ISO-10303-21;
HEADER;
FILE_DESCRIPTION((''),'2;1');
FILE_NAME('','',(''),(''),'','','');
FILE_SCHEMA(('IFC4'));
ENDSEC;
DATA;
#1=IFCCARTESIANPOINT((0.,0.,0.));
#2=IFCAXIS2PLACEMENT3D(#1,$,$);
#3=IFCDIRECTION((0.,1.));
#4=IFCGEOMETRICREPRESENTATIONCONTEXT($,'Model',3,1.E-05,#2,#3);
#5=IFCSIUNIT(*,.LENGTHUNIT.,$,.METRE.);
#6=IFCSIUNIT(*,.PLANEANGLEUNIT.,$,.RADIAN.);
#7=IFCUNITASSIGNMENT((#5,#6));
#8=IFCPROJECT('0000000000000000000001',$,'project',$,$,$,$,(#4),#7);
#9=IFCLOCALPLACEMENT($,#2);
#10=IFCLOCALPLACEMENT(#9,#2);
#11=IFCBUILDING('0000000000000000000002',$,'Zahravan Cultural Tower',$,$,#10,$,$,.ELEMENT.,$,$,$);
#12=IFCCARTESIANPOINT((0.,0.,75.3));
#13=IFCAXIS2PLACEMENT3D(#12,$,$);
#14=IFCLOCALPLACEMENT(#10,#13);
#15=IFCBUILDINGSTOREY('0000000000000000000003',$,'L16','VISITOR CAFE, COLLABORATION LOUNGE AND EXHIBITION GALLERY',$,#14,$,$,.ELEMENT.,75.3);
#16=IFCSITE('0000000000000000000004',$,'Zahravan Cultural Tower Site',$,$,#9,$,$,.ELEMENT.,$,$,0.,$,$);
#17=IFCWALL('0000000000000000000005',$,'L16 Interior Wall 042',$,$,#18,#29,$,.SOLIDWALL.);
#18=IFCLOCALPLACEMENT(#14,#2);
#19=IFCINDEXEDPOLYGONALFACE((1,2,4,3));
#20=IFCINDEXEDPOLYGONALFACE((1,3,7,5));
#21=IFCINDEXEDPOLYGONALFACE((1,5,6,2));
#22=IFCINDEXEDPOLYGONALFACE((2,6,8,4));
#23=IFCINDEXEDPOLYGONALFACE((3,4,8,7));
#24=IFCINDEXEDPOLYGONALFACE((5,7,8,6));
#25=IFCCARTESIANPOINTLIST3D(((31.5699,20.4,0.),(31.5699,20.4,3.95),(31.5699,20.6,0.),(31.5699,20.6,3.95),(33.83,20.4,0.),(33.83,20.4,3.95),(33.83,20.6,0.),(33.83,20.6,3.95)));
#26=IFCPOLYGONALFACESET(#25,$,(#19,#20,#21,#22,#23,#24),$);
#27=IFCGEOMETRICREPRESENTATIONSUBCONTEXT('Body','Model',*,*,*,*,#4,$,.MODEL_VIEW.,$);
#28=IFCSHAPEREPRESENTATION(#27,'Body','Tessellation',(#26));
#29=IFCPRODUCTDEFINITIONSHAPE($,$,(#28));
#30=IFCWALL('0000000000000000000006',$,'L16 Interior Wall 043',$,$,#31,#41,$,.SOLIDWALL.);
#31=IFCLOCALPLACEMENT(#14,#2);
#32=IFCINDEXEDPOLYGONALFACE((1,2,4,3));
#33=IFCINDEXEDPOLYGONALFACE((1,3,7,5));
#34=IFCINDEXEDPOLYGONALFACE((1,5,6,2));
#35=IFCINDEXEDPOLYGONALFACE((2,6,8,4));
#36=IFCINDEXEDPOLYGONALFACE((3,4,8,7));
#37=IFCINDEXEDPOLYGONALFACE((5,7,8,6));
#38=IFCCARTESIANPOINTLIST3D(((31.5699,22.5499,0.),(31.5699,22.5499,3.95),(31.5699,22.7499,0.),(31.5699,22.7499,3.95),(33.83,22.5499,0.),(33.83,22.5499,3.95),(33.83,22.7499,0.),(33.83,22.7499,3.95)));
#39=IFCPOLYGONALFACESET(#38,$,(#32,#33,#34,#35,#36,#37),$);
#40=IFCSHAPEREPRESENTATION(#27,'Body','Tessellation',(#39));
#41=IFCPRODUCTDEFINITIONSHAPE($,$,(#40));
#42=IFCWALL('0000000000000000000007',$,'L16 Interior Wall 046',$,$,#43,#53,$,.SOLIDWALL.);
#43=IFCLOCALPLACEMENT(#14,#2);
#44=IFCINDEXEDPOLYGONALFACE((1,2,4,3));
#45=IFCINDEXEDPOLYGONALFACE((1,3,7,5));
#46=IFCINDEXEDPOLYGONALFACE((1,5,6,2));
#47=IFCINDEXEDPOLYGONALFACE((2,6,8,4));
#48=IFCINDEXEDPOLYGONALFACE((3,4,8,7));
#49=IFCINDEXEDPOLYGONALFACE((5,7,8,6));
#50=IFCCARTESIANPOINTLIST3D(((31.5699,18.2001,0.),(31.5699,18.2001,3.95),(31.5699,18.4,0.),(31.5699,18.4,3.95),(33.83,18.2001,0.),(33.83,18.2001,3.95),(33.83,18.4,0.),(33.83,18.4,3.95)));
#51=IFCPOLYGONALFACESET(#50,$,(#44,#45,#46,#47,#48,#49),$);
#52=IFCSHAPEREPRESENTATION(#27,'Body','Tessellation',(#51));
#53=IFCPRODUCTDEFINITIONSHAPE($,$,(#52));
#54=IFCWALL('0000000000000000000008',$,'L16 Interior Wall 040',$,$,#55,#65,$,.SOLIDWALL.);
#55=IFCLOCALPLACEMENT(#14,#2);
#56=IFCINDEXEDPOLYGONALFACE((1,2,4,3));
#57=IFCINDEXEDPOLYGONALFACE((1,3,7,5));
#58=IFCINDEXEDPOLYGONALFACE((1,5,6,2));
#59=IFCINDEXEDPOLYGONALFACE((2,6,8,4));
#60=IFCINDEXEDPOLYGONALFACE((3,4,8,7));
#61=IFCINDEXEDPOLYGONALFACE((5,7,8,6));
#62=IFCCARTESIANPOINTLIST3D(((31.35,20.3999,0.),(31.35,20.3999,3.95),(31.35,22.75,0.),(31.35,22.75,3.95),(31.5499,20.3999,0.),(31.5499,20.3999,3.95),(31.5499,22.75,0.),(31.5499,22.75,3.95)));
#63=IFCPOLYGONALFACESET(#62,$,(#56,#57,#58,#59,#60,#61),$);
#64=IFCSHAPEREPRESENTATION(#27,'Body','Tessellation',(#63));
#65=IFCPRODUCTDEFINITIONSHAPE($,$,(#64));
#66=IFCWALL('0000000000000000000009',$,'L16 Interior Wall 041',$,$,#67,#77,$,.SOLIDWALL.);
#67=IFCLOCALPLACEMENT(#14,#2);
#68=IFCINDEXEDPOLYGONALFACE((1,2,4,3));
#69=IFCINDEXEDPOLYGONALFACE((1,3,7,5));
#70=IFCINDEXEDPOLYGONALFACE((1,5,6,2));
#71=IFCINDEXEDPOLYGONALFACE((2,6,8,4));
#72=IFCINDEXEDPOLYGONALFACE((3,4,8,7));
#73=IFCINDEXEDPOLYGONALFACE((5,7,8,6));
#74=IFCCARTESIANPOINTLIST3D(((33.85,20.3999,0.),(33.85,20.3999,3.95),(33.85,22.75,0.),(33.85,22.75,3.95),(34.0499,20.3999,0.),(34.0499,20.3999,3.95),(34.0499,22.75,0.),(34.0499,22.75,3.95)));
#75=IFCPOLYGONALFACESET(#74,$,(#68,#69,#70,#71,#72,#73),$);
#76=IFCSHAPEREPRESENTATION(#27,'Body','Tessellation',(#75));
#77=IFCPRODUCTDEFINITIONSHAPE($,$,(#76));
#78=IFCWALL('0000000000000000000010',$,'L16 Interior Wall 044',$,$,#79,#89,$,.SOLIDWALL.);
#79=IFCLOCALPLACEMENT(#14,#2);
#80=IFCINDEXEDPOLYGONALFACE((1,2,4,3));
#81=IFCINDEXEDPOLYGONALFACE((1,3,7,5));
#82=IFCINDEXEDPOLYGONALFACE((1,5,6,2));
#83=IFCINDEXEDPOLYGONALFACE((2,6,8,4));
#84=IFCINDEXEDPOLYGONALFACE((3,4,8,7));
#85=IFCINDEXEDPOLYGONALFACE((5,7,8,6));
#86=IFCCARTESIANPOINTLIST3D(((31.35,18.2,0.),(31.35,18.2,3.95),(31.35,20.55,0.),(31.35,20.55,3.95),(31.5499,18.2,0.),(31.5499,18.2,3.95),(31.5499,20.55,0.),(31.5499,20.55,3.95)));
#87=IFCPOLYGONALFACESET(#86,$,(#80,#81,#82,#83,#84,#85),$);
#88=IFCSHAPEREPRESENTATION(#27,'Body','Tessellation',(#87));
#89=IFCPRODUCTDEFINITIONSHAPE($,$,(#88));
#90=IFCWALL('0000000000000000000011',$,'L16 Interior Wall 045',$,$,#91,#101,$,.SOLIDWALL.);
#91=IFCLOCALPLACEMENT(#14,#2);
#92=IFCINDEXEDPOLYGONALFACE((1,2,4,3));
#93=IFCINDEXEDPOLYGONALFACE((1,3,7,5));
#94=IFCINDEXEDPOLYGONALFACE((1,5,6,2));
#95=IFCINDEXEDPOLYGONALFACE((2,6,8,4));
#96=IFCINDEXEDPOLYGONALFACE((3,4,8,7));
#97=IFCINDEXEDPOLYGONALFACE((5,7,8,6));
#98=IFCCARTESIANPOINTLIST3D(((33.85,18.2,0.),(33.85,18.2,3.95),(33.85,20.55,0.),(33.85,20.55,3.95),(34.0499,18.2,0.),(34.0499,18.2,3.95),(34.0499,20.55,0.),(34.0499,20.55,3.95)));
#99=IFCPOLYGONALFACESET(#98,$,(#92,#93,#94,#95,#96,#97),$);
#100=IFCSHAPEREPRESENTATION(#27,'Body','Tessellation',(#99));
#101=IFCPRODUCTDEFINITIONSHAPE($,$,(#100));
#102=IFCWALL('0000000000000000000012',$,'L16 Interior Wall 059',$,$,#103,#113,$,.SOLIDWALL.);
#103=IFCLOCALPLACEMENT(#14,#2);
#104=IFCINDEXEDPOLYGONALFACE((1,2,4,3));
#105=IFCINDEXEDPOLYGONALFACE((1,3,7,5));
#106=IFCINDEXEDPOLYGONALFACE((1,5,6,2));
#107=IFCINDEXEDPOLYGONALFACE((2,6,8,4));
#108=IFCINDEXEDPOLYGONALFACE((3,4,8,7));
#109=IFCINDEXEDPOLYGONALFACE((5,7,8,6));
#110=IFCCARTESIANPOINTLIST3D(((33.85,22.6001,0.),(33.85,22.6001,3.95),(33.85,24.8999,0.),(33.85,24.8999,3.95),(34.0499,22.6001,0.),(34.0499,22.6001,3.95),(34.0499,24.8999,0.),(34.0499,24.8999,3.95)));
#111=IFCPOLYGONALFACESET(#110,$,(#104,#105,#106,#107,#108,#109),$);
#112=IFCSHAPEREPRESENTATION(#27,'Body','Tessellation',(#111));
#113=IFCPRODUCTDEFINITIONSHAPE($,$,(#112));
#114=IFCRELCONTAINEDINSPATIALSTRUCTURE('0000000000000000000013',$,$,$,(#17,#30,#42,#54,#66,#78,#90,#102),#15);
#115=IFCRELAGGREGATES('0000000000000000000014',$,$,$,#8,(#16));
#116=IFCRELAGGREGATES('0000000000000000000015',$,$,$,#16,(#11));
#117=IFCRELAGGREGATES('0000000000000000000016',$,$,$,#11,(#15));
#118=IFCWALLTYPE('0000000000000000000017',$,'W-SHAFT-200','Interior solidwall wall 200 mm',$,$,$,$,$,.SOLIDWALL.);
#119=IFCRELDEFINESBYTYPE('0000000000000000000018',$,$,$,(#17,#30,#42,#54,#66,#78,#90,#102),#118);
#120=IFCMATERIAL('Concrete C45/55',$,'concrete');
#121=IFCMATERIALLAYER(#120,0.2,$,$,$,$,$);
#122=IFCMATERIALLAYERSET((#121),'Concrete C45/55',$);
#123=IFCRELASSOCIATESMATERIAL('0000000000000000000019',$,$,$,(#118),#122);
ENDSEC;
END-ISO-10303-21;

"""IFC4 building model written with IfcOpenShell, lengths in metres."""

from ifc_helpers import new_model, si_unit, direction, frame, frame_2d, origin, place, context, subcontext, project, spatial, rectangle, extrude, source, transform, mapped, material, layer, layer_set, type_object, element, save


model = new_model("IFC4")

# Units and contexts
model_context = context("Model", 3, precision=1e-05, world=origin(), true_north=direction((0.0, 1.0)))
body_context = subcontext(model_context, "Body", "Model", "MODEL_VIEW")
ifc_project = project(units=[si_unit("LENGTHUNIT", "METRE"), si_unit("PLANEANGLEUNIT", "RADIAN")], contexts=[model_context])

# Site, building, storey
site_placement = place(None, origin())
site = spatial("IfcSite", under=ifc_project, at=site_placement, Name="Zahravan Cultural Tower Site", CompositionType="ELEMENT", RefElevation=0.0)
building_placement = place(site_placement, origin())
building = spatial("IfcBuilding", under=site, at=building_placement, Name="Zahravan Cultural Tower", CompositionType="ELEMENT")
storey_placement = place(building_placement, frame((0.0, 0.0, 75.3)))
storey = spatial("IfcBuildingStorey", under=building, at=storey_placement, Name="L16", Description="VISITOR CAFE, COLLABORATION LOUNGE AND EXHIBITION GALLERY", CompositionType="ELEMENT", Elevation=75.3)

# Shared definitions
ifc_material_1 = material(Name="Concrete C45/55", Category="concrete")
ifc_layer_1 = layer(ifc_material_1, 0.2)
ifc_layer_set_1 = layer_set([ifc_layer_1], Name="Concrete C45/55")
wall_type_1 = type_object("IfcWallType", Name="W-SHAFT-200", Description="Interior solidwall wall 200 mm", PredefinedType="SOLIDWALL", material=ifc_layer_set_1)

# Walls
shared_shape_1 = source(origin(), body_context, "Body", "SweptSolid", [
    extrude(rectangle(XDim=2.26, YDim=0.2, at=frame_2d((1.1299, 0.0))), origin(), (0.0, 0.0, 1.0), 3.95),
])
for number, where, z_axis, x_axis, name in (
    (1, (31.5701, 20.5, 0.0), (0.0, 0.0, 1.0), (1.0, 0.0, 0.0), "L16 Interior Wall 042"),
    (2, (31.5701, 22.6499, 0.0), (0.0, 0.0, 1.0), (1.0, 0.0, 0.0), "L16 Interior Wall 043"),
    (3, (31.5701, 18.3, 0.0), (0.0, 0.0, 1.0), (1.0, 0.0, 0.0), "L16 Interior Wall 046"),
):
    element("IfcWall", number, at=place(storey_placement, frame(where, z_axis=z_axis, x_axis=x_axis)), inside=storey, type_object=wall_type_1, Name=name, PredefinedType="SOLIDWALL", context=body_context, shape_type="MappedRepresentation", body=[
        mapped(shared_shape_1, transform((0.0, 0.0, 0.0), x_axis=(1.0, 0.0, 0.0), y_axis=(0.0, 1.0, 0.0), z_axis=(0.0, 0.0, 1.0), scale=1.0)),
    ])
shared_shape_2 = source(origin(), body_context, "Body", "SweptSolid", [
    extrude(rectangle(XDim=2.3501, YDim=0.2, at=frame_2d((1.175, 0.0))), origin(), (0.0, 0.0, 1.0), 3.95),
])
for number, where, z_axis, x_axis, name in (
    (4, (31.45, 20.3999, 0.0), (0.0, 0.0, 1.0), (0.0, 1.0, 0.0), "L16 Interior Wall 040"),
    (5, (33.95, 20.3999, 0.0), (0.0, 0.0, 1.0), (0.0, 1.0, 0.0), "L16 Interior Wall 041"),
    (6, (31.45, 18.2, 0.0), (0.0, 0.0, 1.0), (0.0, 1.0, 0.0), "L16 Interior Wall 044"),
    (7, (33.95, 18.2, 0.0), (0.0, 0.0, 1.0), (0.0, 1.0, 0.0), "L16 Interior Wall 045"),
):
    element("IfcWall", number, at=place(storey_placement, frame(where, z_axis=z_axis, x_axis=x_axis)), inside=storey, type_object=wall_type_1, Name=name, PredefinedType="SOLIDWALL", context=body_context, shape_type="MappedRepresentation", body=[
        mapped(shared_shape_2, transform((0.0, 0.0, 0.0), x_axis=(1.0, 0.0, 0.0), y_axis=(0.0, 1.0, 0.0), z_axis=(0.0, 0.0, 1.0), scale=1.0)),
    ])
shared_shape_3 = source(origin(), body_context, "Body", "SweptSolid", [
    extrude(rectangle(XDim=2.2998, YDim=0.2, at=frame_2d((1.1499, 0.0))), origin(), (0.0, 0.0, 1.0), 3.95),
])
wall_1_placement = place(storey_placement, frame((33.95, 22.6001, 0.0), z_axis=(0.0, 0.0, 1.0), x_axis=(0.0, 1.0, 0.0)))
element("IfcWall", 8, at=wall_1_placement, inside=storey, type_object=wall_type_1, Name="L16 Interior Wall 059", PredefinedType="SOLIDWALL", context=body_context, shape_type="MappedRepresentation", body=[
    mapped(shared_shape_3, transform((0.0, 0.0, 0.0), x_axis=(1.0, 0.0, 0.0), y_axis=(0.0, 1.0, 0.0), z_axis=(0.0, 0.0, 1.0), scale=1.0)),
])

save(model, "model.ifc")
